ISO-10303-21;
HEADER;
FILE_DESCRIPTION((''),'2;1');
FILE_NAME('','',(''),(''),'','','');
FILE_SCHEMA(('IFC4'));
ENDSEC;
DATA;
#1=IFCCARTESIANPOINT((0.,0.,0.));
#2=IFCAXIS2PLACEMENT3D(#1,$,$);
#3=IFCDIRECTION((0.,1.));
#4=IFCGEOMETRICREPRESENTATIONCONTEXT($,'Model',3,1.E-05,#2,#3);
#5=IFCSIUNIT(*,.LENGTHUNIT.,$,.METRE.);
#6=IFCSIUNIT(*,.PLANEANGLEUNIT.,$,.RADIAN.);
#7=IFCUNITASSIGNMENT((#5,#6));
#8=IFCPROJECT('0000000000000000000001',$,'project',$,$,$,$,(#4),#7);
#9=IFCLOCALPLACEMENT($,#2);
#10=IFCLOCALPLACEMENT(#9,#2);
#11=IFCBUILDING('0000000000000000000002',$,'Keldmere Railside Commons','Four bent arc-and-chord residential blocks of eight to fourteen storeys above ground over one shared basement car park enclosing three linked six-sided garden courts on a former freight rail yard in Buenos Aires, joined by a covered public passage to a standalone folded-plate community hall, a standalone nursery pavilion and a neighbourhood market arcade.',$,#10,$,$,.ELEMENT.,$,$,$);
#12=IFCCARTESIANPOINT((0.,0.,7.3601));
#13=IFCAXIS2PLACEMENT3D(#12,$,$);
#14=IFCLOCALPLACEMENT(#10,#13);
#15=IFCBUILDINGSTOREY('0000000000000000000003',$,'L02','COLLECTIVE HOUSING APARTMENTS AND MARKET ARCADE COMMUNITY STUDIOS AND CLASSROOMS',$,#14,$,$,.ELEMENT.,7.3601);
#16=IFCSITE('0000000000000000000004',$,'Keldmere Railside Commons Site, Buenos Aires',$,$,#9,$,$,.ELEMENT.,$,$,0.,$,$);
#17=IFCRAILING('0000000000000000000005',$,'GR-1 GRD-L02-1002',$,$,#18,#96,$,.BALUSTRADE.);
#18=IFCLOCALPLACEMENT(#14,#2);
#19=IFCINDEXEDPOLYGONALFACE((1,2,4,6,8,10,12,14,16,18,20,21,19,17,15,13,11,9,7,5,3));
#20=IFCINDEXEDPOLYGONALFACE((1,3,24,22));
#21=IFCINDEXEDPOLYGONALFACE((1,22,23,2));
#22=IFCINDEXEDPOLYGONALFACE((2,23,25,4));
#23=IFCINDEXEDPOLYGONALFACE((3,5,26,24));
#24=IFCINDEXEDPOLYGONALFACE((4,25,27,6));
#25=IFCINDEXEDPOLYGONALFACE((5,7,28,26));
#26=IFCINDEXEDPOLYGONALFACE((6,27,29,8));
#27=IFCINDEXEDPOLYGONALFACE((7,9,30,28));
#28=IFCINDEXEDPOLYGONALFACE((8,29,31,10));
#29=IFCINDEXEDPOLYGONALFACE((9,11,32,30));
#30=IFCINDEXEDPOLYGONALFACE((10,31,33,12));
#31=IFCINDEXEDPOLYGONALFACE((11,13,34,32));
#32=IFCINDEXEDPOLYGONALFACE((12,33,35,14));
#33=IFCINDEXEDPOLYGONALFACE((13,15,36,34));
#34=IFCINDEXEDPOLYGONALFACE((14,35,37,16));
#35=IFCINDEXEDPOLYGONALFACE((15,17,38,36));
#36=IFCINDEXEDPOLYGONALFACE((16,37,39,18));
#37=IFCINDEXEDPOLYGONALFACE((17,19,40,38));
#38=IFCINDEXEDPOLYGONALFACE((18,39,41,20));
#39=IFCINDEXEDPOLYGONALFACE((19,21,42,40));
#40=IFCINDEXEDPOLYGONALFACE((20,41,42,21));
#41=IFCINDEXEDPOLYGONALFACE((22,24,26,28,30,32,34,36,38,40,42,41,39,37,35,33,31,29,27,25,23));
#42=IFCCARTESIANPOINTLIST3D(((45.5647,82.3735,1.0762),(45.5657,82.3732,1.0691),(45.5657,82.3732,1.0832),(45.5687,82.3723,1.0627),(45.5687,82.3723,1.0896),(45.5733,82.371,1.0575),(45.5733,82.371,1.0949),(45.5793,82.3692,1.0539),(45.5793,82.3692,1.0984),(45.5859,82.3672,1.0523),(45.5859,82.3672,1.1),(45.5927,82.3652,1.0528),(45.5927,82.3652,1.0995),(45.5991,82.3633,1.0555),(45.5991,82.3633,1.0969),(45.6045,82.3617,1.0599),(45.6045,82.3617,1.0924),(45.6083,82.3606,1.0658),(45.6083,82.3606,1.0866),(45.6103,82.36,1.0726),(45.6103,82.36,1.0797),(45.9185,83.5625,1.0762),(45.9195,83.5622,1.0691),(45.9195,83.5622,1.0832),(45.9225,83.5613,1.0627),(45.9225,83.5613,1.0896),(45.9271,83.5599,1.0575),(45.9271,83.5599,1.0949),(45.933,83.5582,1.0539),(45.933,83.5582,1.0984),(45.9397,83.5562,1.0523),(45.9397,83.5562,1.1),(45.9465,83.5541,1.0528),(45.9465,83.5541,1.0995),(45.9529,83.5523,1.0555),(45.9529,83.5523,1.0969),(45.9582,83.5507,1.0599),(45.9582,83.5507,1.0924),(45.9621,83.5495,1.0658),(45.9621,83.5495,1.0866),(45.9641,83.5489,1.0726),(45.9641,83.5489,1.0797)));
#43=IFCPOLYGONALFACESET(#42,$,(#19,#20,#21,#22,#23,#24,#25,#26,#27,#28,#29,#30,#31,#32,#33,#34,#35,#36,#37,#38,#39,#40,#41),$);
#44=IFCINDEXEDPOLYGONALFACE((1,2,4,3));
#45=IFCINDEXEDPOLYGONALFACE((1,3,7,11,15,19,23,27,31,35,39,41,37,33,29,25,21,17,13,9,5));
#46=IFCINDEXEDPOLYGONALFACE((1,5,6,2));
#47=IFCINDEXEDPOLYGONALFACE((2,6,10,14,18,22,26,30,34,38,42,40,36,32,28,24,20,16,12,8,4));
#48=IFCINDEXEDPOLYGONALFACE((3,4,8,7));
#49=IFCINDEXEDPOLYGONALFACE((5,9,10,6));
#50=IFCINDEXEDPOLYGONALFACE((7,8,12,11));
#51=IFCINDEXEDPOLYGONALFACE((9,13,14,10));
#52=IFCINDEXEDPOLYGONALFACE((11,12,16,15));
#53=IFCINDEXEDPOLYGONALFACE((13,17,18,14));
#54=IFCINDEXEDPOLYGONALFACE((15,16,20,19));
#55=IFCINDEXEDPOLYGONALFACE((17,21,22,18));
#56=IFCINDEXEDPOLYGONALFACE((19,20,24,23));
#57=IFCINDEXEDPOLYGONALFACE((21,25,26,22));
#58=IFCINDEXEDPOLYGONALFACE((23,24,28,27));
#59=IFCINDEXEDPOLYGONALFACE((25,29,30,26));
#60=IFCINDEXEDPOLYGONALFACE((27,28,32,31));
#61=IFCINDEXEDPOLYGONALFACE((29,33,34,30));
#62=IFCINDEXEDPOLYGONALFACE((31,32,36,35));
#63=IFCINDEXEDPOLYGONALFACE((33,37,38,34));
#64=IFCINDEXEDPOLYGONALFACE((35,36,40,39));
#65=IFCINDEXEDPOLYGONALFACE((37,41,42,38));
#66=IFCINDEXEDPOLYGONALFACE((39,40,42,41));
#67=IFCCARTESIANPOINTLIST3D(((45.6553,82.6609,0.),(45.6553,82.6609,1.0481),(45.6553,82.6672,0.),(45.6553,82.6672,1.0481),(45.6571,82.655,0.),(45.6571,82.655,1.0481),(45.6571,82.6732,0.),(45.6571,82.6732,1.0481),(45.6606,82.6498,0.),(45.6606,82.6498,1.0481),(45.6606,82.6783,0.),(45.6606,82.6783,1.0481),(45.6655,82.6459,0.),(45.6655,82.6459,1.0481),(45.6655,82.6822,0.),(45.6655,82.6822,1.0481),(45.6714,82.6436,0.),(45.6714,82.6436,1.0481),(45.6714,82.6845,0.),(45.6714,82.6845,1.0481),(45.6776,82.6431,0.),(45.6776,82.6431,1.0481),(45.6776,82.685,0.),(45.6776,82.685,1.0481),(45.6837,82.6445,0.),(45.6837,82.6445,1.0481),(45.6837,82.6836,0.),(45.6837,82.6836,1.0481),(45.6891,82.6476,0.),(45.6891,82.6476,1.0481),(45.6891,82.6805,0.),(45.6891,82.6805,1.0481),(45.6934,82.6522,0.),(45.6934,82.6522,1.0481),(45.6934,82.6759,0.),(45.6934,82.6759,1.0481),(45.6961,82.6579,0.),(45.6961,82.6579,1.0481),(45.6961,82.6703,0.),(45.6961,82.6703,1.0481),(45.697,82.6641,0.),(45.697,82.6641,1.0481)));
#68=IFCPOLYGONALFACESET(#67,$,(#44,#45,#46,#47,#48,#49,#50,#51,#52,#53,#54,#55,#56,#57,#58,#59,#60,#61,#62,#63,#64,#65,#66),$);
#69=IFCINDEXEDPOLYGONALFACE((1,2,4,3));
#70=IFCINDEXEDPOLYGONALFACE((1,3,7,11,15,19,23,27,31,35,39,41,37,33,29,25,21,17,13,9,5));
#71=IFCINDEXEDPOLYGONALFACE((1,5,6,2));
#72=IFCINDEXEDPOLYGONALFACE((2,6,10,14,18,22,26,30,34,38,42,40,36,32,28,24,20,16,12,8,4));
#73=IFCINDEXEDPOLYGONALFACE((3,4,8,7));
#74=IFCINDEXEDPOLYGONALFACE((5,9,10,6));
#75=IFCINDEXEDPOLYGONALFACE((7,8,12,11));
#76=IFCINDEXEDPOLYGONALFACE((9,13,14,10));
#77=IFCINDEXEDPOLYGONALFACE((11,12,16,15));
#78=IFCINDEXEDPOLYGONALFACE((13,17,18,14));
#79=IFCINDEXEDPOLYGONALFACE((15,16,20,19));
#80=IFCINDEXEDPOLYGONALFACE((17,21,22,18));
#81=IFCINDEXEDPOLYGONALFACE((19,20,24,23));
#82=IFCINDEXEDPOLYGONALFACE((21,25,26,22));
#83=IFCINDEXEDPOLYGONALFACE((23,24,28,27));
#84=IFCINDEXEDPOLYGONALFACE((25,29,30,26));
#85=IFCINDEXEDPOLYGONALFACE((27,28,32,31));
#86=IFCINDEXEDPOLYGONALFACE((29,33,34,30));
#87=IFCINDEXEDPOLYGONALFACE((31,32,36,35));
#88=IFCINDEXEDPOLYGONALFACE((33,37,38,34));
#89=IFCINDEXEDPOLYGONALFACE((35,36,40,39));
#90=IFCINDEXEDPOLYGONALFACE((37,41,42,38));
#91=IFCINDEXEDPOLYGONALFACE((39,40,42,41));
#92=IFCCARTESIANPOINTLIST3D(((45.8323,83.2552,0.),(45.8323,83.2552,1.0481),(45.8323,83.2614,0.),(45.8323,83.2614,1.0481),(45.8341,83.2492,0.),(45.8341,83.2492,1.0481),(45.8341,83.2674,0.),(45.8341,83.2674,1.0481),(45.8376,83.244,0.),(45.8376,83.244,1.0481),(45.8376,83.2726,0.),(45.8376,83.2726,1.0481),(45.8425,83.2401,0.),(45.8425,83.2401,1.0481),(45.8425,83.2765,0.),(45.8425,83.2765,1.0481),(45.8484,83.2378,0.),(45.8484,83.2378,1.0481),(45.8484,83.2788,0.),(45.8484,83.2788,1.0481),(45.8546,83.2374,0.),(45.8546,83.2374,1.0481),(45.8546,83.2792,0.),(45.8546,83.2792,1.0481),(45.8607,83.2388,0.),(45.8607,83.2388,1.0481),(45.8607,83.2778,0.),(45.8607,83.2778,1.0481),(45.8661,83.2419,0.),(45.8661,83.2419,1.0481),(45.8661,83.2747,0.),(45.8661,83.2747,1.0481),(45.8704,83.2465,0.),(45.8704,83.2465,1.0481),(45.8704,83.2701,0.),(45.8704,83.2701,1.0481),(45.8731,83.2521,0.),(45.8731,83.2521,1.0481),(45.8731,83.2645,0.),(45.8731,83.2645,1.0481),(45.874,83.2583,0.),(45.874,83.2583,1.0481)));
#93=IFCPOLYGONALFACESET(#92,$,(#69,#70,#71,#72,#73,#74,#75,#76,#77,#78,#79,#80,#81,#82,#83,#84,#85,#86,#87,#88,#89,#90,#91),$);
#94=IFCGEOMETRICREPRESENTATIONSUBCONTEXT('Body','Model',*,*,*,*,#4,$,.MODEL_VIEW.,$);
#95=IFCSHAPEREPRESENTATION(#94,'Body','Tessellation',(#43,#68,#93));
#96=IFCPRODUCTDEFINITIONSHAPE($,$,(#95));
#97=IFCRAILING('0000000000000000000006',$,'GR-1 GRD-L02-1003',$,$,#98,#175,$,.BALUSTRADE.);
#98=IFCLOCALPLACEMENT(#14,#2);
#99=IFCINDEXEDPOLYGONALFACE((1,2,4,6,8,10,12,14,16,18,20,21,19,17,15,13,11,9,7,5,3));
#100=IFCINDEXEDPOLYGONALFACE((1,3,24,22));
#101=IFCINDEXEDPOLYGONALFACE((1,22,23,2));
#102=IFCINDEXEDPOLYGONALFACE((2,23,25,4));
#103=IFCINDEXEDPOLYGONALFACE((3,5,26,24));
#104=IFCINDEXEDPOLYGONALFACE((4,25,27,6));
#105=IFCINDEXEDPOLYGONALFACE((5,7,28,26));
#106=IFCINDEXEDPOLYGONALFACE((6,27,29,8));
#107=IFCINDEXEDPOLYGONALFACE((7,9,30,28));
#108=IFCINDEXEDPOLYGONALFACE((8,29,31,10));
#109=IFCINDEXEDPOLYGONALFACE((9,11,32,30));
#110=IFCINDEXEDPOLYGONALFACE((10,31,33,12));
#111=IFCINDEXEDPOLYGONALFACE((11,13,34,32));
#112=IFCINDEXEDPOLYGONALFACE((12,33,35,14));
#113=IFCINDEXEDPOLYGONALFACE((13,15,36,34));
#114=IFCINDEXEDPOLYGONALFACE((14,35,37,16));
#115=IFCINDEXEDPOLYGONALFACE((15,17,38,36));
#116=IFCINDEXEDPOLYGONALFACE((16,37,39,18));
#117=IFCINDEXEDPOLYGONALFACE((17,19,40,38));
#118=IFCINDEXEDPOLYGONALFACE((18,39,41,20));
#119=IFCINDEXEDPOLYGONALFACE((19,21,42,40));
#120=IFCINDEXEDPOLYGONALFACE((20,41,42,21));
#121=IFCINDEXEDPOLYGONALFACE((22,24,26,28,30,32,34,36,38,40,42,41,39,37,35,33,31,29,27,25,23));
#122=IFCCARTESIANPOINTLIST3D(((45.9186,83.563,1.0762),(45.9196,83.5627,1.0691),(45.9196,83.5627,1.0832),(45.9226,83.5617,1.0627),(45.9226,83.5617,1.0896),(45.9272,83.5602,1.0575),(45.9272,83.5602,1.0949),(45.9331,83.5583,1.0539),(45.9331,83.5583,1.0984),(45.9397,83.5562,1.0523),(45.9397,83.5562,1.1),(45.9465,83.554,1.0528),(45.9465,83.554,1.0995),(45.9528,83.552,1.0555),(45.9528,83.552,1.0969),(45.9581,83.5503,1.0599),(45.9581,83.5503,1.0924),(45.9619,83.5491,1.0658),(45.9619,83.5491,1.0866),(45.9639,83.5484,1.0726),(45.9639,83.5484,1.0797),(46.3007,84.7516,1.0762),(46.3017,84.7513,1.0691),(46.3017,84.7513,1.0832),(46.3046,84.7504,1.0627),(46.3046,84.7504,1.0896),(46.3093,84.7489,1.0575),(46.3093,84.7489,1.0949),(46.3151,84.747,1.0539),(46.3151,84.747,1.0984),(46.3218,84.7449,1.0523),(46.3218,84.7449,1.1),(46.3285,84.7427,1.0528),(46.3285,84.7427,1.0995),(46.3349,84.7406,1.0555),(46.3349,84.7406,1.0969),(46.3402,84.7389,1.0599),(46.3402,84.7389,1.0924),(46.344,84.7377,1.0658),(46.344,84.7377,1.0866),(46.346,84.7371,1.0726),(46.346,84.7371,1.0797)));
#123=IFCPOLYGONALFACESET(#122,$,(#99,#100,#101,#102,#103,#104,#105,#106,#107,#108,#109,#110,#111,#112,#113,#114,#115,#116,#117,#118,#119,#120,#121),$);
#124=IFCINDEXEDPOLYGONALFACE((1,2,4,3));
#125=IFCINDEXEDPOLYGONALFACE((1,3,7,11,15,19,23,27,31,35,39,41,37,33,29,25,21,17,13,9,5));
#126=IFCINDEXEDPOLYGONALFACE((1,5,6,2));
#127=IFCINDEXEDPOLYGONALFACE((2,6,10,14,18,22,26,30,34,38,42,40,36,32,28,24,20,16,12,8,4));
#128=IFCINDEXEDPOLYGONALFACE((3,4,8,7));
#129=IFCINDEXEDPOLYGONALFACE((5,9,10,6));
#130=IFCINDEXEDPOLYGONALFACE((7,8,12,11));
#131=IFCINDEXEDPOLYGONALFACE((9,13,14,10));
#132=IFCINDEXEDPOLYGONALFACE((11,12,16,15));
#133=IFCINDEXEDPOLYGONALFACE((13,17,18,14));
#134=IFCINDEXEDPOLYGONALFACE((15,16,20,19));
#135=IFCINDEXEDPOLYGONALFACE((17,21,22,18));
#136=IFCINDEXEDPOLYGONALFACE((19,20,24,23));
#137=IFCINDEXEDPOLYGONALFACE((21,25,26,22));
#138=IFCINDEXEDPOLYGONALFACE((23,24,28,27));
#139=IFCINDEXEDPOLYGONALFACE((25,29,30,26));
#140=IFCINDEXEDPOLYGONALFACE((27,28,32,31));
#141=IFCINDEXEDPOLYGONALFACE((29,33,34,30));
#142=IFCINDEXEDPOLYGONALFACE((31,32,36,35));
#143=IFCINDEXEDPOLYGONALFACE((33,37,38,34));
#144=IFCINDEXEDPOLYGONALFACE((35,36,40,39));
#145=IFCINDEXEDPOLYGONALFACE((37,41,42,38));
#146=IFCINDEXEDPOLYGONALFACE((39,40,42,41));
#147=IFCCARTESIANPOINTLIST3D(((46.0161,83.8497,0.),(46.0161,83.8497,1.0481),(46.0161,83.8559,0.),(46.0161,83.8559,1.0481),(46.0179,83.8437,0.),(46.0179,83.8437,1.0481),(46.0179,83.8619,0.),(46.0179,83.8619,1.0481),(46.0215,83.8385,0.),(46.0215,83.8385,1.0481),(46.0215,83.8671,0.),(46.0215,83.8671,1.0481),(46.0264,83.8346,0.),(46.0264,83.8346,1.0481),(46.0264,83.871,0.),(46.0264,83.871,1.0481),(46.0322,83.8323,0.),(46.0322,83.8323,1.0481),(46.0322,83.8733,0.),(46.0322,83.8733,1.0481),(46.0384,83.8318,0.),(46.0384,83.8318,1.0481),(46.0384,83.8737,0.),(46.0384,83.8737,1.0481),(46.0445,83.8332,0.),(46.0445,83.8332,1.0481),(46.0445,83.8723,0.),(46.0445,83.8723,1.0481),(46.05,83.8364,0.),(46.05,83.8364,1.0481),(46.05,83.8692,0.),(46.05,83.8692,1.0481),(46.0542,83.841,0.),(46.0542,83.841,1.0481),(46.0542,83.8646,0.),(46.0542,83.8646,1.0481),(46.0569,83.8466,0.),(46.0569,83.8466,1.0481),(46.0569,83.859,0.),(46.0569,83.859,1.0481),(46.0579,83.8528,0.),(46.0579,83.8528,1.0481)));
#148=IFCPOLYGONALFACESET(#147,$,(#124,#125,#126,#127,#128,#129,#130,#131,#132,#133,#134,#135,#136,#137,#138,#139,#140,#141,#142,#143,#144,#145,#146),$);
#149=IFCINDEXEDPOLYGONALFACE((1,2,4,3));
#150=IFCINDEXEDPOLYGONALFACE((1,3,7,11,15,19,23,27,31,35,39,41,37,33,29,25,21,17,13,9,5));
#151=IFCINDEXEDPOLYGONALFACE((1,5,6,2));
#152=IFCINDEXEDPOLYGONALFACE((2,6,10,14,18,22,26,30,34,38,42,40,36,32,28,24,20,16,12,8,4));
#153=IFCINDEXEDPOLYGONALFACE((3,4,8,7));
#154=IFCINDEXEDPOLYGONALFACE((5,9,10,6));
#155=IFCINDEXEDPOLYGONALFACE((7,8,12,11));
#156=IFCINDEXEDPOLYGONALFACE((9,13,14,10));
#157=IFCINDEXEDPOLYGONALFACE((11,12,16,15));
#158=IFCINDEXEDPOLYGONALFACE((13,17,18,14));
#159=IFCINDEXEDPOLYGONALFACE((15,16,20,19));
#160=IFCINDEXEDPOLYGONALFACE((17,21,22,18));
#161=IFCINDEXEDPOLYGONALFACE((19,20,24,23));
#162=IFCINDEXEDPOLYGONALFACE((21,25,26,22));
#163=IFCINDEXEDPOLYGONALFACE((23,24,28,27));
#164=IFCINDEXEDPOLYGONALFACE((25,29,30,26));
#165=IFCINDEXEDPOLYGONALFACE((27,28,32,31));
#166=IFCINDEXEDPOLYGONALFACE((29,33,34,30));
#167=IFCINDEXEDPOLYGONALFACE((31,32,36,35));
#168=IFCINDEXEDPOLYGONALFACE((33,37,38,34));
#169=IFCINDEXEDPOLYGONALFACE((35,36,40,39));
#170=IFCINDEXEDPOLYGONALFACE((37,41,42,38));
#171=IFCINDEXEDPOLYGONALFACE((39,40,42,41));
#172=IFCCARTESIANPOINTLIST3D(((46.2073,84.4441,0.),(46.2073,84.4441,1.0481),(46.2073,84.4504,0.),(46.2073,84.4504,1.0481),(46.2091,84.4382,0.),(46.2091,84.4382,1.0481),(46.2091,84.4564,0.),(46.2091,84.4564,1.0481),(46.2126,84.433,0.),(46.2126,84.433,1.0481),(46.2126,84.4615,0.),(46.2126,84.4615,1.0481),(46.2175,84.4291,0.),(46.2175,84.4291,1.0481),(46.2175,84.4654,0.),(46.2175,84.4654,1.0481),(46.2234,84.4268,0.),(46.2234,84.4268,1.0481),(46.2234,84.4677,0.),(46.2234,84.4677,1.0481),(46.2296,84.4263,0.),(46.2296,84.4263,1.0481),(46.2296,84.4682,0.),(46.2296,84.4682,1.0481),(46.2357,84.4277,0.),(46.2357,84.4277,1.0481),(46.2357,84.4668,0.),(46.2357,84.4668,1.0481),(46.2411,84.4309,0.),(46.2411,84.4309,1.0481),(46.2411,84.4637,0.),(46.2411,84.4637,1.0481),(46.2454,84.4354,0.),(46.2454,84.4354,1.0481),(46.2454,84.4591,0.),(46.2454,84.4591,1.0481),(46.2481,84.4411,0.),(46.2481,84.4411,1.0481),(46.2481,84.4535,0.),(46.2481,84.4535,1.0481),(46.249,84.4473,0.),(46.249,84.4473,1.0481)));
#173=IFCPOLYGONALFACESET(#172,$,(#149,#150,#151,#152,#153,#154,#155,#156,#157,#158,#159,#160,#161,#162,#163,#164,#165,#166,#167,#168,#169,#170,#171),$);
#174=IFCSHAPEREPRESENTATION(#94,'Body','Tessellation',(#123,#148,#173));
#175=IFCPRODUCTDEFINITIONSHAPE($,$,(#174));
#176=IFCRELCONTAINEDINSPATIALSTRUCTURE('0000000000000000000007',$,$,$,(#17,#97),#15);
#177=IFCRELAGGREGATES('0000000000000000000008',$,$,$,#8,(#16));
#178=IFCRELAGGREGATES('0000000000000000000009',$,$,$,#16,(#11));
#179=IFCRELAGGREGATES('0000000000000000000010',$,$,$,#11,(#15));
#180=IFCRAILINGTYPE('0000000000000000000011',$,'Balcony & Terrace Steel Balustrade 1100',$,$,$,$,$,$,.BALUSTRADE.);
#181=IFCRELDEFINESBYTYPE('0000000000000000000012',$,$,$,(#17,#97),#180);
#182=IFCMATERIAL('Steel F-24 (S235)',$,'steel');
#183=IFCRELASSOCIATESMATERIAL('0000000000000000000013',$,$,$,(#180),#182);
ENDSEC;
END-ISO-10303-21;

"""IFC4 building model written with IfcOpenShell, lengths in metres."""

from ifc_helpers import new_model, si_unit, direction, frame, origin, origin_2d, place, context, subcontext, project, spatial, circle, extrude, material, type_object, element, save


model = new_model("IFC4")

# Units and contexts
model_context = context("Model", 3, precision=1e-05, world=origin(), true_north=direction((0.0, 1.0)))
body_context = subcontext(model_context, "Body", "Model", "MODEL_VIEW")
ifc_project = project(units=[si_unit("LENGTHUNIT", "METRE"), si_unit("PLANEANGLEUNIT", "RADIAN")], contexts=[model_context])

# Site, building, storey
site_placement = place(None, origin())
site = spatial("IfcSite", under=ifc_project, at=site_placement, Name="Keldmere Railside Commons Site, Buenos Aires", CompositionType="ELEMENT", RefElevation=0.0)
building_placement = place(site_placement, origin())
building = spatial("IfcBuilding", under=site, at=building_placement, Name="Keldmere Railside Commons", Description="Four bent arc-and-chord residential blocks of eight to fourteen storeys above ground over one shared basement car park enclosing three linked six-sided garden courts on a former freight rail yard in Buenos Aires, joined by a covered public passage to a standalone folded-plate community hall, a standalone nursery pavilion and a neighbourhood market arcade.", CompositionType="ELEMENT")
storey_placement = place(building_placement, frame((0.0, 0.0, 7.3601)))
storey = spatial("IfcBuildingStorey", under=building, at=storey_placement, Name="L02", Description="COLLECTIVE HOUSING APARTMENTS AND MARKET ARCADE COMMUNITY STUDIOS AND CLASSROOMS", CompositionType="ELEMENT", Elevation=7.3601)

# Railings
ifc_material_1 = material(Name="Steel F-24 (S235)", Category="steel")
railing_type = type_object("IfcRailingType", Name="Balcony & Terrace Steel Balustrade 1100", PredefinedType="BALUSTRADE", material=ifc_material_1)
railing_1_placement = place(storey_placement, frame((45.5876, 82.3667, 0.0)))
element("IfcRailing", 1, at=railing_1_placement, inside=storey, type_object=railing_type, Name="GR-1 GRD-L02-1002", PredefinedType="BALUSTRADE", context=body_context, shape_type="SweptSolid", body=[
    extrude(circle(Radius=0.0239, at=origin_2d()), frame((0.0, 0.0, 1.0762), z_axis=(0.28518, 0.958474, 0.0), x_axis=(-0.958474, 0.28518, 0.0)), (0.0, 0.0, 1.0), 1.2405),
    extrude(circle(Radius=0.021, at=origin_2d()), frame((0.0884, 0.2974, 0.0)), (0.0, 0.0, 1.0), 1.0481),
    extrude(circle(Radius=0.021, at=origin_2d()), frame((0.2654, 0.8916, 0.0)), (0.0, 0.0, 1.0), 1.0481),
])
railing_2_placement = place(storey_placement, frame((45.9414, 83.5557, 0.0)))
element("IfcRailing", 2, at=railing_2_placement, inside=storey, type_object=railing_type, Name="GR-1 GRD-L02-1003", PredefinedType="BALUSTRADE", context=body_context, shape_type="SweptSolid", body=[
    extrude(circle(Radius=0.0239, at=origin_2d()), frame((0.0, 0.0, 1.0762), z_axis=(0.306003, 0.952031, 0.0), x_axis=(-0.952031, 0.306003, 0.0)), (0.0, 0.0, 1.0), 1.2485),
    extrude(circle(Radius=0.021, at=origin_2d()), frame((0.0955, 0.2971, 0.0)), (0.0, 0.0, 1.0), 1.0481),
    extrude(circle(Radius=0.021, at=origin_2d()), frame((0.2866, 0.8916, 0.0)), (0.0, 0.0, 1.0), 1.0481),
])

save(model, "model.ifc")
